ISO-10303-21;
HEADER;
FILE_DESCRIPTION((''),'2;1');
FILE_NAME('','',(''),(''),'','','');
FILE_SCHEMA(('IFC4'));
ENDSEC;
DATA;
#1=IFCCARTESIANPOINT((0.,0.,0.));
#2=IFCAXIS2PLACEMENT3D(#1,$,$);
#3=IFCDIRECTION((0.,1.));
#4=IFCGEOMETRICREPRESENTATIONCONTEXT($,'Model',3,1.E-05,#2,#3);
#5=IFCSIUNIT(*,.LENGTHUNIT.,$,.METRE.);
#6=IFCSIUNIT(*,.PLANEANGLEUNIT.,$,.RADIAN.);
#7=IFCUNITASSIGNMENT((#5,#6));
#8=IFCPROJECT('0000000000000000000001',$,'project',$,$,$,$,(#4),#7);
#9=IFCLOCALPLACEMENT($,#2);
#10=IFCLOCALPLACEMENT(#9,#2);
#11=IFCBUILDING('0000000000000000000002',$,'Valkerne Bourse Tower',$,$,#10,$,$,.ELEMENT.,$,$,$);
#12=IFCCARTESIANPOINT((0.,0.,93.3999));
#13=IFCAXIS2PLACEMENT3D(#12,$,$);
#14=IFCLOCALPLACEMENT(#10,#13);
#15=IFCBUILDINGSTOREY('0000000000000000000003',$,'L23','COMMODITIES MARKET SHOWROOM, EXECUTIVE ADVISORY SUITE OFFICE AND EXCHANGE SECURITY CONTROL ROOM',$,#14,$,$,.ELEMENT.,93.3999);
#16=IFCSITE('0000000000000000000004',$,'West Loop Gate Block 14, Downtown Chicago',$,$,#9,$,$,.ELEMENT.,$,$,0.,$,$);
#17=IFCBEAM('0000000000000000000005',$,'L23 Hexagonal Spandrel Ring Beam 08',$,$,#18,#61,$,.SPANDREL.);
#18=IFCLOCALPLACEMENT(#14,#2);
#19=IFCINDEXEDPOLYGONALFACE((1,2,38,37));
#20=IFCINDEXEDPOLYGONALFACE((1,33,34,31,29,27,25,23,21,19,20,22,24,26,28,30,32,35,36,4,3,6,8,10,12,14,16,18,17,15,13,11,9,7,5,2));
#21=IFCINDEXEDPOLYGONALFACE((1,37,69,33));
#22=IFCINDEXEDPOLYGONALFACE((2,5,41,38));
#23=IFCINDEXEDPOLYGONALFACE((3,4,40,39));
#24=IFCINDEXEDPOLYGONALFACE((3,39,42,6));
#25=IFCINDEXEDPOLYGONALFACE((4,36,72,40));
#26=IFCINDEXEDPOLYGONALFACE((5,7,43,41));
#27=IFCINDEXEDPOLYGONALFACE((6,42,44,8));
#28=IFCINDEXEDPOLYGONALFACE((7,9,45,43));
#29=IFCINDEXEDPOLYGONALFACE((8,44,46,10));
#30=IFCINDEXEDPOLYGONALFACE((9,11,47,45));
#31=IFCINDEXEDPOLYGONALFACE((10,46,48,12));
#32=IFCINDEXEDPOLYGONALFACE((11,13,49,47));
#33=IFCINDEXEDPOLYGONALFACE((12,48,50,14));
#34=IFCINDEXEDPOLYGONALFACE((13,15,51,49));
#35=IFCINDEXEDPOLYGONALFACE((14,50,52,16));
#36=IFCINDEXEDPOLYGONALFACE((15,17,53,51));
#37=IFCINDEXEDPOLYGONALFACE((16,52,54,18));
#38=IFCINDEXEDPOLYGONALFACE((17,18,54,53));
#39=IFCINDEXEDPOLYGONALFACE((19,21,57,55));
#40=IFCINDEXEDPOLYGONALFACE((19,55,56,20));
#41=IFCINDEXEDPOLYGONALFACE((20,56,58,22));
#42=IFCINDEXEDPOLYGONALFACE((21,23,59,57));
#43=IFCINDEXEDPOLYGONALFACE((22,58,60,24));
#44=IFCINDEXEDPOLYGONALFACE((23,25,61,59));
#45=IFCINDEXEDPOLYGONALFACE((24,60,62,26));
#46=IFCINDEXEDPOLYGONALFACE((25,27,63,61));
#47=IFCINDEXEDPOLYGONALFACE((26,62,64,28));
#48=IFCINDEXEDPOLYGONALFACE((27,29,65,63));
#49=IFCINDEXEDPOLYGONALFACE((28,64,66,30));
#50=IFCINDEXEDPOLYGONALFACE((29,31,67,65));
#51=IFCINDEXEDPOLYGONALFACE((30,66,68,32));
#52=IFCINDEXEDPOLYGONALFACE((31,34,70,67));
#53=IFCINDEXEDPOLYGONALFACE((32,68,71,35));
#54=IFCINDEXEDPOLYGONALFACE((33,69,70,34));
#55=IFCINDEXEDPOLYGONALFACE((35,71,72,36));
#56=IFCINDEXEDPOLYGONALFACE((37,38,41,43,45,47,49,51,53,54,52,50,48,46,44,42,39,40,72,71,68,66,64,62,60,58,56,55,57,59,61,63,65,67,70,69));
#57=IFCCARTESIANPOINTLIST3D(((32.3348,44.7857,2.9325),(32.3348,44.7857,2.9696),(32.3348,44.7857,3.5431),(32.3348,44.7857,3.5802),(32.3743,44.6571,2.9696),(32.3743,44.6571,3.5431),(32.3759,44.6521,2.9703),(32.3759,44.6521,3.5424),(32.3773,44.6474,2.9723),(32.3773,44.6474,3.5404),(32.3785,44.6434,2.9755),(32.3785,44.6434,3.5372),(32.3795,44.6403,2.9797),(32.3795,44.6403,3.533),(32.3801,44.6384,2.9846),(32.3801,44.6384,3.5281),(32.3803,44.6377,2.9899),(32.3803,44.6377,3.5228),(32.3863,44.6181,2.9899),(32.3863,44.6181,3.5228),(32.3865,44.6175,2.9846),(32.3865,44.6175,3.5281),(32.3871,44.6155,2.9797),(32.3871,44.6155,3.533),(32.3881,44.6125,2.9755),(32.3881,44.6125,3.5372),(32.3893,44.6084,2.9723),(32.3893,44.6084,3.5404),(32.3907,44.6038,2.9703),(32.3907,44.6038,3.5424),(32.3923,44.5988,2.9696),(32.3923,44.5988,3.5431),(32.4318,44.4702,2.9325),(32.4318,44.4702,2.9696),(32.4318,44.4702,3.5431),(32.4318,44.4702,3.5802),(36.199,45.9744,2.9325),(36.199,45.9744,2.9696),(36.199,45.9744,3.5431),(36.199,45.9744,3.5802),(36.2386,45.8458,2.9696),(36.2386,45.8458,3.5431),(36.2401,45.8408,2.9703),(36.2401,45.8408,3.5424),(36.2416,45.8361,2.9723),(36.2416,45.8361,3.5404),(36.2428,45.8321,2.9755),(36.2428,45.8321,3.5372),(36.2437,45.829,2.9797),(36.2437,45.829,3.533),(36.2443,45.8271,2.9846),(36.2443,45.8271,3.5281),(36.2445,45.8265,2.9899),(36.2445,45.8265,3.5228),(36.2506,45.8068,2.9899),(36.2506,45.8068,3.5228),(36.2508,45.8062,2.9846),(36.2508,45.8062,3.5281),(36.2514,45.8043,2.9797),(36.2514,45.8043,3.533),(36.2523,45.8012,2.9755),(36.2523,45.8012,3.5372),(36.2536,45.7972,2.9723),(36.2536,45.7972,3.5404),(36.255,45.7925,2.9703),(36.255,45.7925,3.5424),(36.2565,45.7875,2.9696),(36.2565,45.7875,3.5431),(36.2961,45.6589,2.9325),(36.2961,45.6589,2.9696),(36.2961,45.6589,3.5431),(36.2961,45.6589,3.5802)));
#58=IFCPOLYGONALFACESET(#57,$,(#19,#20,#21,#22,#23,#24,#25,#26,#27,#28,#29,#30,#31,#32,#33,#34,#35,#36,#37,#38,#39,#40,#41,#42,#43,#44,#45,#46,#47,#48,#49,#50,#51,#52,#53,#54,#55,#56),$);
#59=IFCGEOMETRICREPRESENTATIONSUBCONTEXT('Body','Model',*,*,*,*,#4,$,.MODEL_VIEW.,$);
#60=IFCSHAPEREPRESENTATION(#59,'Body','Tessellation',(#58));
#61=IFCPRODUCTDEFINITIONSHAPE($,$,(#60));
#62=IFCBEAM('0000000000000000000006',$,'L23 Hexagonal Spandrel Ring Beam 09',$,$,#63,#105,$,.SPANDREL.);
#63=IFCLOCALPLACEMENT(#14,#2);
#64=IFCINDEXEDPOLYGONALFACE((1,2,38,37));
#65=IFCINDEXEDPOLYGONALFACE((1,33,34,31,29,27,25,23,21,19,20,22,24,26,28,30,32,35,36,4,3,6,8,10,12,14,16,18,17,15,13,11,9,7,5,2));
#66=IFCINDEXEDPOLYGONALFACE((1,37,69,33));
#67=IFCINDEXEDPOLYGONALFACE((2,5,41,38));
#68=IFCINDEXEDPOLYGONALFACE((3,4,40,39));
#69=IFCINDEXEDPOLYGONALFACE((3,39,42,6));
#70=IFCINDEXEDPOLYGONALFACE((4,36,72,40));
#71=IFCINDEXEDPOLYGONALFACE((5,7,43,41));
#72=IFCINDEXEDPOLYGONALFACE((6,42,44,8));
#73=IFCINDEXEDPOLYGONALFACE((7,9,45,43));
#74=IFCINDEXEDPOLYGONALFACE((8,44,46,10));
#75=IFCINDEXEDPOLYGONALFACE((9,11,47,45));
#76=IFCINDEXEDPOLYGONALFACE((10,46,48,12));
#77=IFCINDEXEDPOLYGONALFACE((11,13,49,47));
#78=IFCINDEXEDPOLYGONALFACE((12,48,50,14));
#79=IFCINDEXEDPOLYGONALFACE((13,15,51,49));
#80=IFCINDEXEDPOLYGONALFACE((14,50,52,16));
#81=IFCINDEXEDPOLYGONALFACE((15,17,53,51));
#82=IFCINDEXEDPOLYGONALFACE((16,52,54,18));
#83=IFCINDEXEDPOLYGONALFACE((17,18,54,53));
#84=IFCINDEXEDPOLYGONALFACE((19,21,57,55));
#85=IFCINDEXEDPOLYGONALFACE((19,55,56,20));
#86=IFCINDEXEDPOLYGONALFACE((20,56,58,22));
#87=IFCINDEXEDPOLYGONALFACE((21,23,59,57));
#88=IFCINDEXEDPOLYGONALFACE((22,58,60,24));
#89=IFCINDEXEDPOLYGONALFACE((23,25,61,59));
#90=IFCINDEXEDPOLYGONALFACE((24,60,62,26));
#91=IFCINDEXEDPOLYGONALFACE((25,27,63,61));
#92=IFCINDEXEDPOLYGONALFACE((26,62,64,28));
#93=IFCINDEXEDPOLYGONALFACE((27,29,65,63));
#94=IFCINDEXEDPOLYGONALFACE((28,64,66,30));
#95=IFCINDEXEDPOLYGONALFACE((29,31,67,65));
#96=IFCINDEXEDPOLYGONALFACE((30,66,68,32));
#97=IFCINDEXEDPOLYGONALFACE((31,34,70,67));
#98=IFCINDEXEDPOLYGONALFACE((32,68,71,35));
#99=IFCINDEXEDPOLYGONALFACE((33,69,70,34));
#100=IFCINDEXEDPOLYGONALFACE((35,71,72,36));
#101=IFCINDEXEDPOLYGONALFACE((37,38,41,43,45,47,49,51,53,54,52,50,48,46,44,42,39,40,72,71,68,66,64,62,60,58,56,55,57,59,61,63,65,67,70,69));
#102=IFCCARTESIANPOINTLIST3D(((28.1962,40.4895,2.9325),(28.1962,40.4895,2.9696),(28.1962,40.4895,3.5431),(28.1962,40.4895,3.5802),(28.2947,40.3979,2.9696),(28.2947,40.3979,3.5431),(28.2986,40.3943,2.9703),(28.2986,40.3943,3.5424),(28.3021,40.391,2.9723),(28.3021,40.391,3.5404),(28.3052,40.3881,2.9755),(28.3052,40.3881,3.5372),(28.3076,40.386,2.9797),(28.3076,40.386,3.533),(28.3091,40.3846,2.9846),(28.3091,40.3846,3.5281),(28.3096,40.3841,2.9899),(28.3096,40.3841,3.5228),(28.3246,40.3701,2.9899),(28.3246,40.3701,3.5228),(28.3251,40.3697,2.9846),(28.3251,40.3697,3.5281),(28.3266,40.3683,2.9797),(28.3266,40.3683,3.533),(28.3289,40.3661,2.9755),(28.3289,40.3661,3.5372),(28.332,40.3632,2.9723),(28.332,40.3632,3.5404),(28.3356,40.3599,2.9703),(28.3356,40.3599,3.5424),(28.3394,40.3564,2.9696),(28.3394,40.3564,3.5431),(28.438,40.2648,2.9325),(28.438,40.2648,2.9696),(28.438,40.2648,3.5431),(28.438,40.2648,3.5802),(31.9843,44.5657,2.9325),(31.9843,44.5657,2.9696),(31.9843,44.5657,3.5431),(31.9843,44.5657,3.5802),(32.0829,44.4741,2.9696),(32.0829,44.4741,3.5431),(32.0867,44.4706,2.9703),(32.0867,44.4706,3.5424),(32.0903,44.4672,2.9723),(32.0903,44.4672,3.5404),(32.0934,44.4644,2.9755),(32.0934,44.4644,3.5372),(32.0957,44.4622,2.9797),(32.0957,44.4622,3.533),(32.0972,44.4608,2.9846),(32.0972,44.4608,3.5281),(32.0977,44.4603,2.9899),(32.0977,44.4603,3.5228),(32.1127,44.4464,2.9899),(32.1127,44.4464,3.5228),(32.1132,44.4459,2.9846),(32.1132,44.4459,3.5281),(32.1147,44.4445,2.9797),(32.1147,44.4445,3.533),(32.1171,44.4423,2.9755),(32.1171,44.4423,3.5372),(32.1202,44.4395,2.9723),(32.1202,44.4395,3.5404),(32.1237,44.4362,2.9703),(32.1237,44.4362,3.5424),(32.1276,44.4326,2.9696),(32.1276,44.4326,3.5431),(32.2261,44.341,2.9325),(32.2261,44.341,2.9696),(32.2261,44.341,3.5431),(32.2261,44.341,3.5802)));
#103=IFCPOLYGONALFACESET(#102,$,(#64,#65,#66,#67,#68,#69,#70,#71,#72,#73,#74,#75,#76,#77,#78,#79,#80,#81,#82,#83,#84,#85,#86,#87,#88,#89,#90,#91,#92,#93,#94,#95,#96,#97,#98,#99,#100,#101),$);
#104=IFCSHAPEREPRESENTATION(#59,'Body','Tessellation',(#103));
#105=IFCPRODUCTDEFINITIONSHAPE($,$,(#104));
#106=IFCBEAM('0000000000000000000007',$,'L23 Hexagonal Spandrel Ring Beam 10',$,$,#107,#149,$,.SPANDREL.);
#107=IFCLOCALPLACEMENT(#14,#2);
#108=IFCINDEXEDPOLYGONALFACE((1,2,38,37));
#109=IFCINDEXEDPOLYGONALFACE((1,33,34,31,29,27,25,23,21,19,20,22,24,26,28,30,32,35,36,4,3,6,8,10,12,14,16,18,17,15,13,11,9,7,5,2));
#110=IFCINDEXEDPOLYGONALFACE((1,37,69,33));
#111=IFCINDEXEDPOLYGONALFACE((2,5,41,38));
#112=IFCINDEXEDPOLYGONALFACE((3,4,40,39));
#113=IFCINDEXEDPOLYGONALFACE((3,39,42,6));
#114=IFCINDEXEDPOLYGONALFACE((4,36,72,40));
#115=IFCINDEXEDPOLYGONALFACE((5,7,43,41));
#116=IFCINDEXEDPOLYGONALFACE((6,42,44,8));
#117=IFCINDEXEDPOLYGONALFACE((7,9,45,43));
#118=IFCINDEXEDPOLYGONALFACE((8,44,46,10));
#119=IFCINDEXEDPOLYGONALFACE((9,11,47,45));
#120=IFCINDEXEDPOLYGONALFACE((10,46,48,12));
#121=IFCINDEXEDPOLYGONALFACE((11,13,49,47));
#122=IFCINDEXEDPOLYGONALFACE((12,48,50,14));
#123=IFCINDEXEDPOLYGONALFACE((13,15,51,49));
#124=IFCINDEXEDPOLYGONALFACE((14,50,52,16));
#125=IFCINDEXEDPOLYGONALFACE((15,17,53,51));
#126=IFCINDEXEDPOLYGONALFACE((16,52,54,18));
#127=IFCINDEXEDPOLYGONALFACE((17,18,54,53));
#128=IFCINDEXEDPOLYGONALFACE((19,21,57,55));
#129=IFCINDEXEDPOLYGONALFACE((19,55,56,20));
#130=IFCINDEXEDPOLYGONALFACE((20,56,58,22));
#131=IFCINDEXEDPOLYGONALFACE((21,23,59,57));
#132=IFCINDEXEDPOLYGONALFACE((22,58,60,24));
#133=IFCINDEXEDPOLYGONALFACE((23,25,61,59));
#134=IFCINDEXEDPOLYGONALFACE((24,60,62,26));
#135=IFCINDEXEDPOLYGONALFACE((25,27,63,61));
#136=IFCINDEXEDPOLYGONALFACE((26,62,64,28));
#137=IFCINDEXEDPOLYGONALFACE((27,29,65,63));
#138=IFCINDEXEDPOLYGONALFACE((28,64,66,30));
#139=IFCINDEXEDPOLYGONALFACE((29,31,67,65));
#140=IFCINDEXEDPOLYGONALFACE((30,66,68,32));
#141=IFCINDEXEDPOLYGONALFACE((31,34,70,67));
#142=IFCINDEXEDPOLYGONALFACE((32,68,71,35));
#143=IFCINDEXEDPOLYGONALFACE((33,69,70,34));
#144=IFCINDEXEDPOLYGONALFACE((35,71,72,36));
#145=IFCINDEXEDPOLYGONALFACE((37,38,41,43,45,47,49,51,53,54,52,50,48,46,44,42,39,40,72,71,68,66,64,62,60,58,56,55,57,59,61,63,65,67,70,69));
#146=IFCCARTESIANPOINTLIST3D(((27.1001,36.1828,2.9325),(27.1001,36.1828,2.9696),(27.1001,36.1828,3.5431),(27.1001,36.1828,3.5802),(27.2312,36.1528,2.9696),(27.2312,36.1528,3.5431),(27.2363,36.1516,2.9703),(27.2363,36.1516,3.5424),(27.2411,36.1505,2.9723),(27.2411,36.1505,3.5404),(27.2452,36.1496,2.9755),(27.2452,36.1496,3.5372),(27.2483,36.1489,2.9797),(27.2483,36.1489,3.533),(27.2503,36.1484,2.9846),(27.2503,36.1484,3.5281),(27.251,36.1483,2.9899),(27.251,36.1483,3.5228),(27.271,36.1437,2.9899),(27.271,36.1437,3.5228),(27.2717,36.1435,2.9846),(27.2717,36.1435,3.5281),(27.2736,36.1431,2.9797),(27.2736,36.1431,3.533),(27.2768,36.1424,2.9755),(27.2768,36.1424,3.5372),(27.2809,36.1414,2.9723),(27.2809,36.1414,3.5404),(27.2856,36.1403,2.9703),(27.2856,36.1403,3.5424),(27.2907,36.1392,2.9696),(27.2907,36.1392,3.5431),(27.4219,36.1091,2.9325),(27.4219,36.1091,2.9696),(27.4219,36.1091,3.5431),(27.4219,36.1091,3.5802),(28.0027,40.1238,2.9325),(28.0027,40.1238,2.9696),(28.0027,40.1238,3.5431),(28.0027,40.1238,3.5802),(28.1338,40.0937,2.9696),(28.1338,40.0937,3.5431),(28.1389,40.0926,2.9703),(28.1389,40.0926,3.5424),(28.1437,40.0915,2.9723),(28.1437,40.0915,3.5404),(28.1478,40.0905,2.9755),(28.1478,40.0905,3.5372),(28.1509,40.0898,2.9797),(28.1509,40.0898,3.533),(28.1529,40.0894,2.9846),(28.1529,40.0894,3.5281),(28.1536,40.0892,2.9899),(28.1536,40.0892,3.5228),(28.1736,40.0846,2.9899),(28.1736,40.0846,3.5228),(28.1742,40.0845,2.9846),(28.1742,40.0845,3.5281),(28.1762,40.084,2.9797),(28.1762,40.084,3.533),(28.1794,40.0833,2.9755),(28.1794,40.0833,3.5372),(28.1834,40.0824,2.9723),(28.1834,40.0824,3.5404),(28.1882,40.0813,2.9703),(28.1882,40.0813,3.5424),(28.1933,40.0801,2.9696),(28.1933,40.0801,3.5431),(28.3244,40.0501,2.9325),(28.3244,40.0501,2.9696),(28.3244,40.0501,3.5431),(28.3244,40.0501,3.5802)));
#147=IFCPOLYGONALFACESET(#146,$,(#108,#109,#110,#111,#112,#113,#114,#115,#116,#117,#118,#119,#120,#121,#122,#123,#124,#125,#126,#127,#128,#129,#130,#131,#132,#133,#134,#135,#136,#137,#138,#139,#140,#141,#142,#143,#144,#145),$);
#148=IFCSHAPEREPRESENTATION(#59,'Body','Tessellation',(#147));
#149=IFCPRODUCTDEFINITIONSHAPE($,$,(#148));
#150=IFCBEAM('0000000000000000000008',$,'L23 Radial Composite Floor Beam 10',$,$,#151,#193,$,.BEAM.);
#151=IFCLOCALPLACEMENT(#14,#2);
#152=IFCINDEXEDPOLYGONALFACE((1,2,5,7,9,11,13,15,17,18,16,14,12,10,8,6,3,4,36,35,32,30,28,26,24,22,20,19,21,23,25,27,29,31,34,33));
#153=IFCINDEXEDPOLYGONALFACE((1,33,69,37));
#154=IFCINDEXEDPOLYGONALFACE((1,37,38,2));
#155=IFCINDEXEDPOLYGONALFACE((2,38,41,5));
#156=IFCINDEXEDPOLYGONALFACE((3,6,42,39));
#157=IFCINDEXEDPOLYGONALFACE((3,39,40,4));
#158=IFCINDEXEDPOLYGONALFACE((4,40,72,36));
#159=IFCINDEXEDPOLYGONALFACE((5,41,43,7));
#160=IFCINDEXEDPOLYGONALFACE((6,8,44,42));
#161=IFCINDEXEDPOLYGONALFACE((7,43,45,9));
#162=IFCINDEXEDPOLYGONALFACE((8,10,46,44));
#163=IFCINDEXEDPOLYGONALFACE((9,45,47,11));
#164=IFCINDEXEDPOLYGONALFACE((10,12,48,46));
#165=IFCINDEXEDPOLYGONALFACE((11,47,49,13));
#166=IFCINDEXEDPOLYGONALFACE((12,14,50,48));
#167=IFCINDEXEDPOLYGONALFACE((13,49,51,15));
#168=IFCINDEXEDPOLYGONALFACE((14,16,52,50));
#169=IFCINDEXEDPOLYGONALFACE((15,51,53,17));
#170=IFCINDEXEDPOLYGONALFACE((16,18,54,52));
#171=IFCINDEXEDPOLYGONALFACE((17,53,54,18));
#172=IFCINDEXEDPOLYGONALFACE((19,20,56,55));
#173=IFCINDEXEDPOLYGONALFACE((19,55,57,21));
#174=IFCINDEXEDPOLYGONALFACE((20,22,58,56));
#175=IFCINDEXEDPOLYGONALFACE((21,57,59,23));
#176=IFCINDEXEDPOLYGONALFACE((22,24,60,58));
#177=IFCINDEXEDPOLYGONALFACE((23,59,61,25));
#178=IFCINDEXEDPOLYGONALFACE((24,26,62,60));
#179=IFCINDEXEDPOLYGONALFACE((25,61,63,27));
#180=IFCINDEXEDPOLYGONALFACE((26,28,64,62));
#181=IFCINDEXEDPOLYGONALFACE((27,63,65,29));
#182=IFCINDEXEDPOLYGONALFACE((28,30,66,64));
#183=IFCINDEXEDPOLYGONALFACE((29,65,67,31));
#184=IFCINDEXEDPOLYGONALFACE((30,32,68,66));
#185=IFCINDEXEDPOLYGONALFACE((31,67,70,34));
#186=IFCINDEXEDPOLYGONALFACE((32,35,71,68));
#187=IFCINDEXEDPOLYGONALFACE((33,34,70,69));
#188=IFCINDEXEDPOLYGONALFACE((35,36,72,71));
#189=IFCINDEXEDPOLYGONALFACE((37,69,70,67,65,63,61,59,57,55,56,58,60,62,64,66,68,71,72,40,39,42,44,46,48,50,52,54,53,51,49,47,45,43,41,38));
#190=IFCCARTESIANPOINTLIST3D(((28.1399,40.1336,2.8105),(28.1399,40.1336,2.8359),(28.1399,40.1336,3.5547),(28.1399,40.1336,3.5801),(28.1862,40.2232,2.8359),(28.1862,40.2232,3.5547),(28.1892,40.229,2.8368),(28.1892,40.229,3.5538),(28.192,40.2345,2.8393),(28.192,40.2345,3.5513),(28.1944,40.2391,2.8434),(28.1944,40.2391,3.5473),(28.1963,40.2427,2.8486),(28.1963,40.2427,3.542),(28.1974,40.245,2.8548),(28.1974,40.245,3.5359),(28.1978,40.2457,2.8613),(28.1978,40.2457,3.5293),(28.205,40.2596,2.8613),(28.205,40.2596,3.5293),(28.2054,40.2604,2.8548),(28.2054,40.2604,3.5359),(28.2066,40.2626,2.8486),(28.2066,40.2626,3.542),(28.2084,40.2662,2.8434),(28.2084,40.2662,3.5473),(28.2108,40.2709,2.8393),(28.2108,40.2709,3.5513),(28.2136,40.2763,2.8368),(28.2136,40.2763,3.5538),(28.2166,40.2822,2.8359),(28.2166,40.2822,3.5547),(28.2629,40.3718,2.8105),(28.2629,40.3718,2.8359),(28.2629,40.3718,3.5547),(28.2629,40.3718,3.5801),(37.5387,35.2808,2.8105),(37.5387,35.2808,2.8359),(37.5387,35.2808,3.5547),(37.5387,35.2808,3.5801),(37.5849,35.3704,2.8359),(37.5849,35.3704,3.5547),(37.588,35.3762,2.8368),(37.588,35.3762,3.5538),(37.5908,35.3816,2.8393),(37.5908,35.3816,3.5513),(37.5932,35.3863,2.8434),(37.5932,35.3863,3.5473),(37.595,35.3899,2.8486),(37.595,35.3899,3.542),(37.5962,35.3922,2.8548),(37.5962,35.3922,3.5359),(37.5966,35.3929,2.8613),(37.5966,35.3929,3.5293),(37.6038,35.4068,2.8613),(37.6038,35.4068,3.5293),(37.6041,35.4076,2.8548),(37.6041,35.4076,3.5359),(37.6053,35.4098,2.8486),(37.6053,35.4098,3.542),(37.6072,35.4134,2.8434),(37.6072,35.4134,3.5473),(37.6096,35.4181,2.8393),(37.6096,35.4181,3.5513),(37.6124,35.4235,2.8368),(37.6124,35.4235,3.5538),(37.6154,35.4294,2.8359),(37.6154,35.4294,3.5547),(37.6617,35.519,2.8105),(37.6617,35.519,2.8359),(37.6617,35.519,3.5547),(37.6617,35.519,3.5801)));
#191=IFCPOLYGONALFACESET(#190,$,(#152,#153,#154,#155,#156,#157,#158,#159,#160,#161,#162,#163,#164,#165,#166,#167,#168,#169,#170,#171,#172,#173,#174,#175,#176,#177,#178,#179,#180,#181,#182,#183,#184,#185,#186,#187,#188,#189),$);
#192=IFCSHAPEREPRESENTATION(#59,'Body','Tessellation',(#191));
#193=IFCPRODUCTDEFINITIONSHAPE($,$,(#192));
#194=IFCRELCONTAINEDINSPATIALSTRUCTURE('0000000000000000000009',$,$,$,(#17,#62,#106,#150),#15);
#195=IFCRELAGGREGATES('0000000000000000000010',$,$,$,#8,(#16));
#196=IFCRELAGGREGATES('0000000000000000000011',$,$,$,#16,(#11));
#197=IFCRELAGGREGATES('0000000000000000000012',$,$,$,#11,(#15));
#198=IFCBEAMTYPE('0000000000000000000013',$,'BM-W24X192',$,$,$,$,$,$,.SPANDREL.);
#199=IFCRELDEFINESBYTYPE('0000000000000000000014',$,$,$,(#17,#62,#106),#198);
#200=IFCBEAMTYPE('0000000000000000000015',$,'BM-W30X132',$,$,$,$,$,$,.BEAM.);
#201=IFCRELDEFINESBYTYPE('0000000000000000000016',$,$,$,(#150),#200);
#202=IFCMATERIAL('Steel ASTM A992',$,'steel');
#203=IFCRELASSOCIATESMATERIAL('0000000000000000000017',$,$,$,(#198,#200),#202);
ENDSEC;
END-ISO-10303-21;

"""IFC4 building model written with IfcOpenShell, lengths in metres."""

from ifc_helpers import new_model, si_unit, direction, frame, origin, origin_2d, place, context, subcontext, project, spatial, i_section, extrude, material, material_profile, profile_set, type_object, element, save


model = new_model("IFC4")

# Units and contexts
model_context = context("Model", 3, precision=1e-05, world=origin(), true_north=direction((0.0, 1.0)))
body_context = subcontext(model_context, "Body", "Model", "MODEL_VIEW")
ifc_project = project(units=[si_unit("LENGTHUNIT", "METRE"), si_unit("PLANEANGLEUNIT", "RADIAN")], contexts=[model_context])

# Site, building, storey
site_placement = place(None, origin())
site = spatial("IfcSite", under=ifc_project, at=site_placement, Name="West Loop Gate Block 14, Downtown Chicago", CompositionType="ELEMENT", RefElevation=0.0)
building_placement = place(site_placement, origin())
building = spatial("IfcBuilding", under=site, at=building_placement, Name="Valkerne Bourse Tower", CompositionType="ELEMENT")
storey_placement = place(building_placement, frame((0.0, 0.0, 93.3999)))
storey = spatial("IfcBuildingStorey", under=building, at=storey_placement, Name="L23", Description="COMMODITIES MARKET SHOWROOM, EXECUTIVE ADVISORY SUITE OFFICE AND EXCHANGE SECURITY CONTROL ROOM", CompositionType="ELEMENT", Elevation=93.3999)

# Beams
ifc_material_1 = material(Name="Steel ASTM A992", Category="steel")
ifc_material_profile_1 = material_profile(ifc_material_1, i_section(OverallWidth=0.3301, OverallDepth=0.6477, WebThickness=0.0205, FlangeThickness=0.0371, FilletRadius=0.0203, at=origin_2d()), Name="W24X192")
ifc_profile_set_1 = profile_set([ifc_material_profile_1], Name="Steel ASTM A992")
beam_type_1 = type_object("IfcBeamType", Name="BM-W24X192", PredefinedType="SPANDREL", material=ifc_profile_set_1)
beam_1_placement = place(storey_placement, frame((36.2476, 45.8167, 3.2563), z_axis=(-0.955799, -0.294022, 0.0), x_axis=(0.294022, -0.955799, 0.0)))
element("IfcBeam", 1, at=beam_1_placement, inside=storey, type_object=beam_type_1, Name="L23 Hexagonal Spandrel Ring Beam 08", PredefinedType="SPANDREL", context=body_context, shape_type="SweptSolid", body=[
    extrude(i_section(OverallWidth=0.3301, OverallDepth=0.6477, WebThickness=0.0205, FlangeThickness=0.0371, FilletRadius=0.0203, at=origin_2d()), origin(), (0.0, 0.0, 1.0), 4.043),
])
beam_2_placement = place(storey_placement, frame((32.1052, 44.4534, 3.2563), z_axis=(-0.680747, -0.732518, 0.0), x_axis=(0.732518, -0.680747, 0.0)))
element("IfcBeam", 2, at=beam_2_placement, inside=storey, type_object=beam_type_1, Name="L23 Hexagonal Spandrel Ring Beam 09", PredefinedType="SPANDREL", context=body_context, shape_type="SweptSolid", body=[
    extrude(i_section(OverallWidth=0.3301, OverallDepth=0.6477, WebThickness=0.0205, FlangeThickness=0.0371, FilletRadius=0.0203, at=origin_2d()), origin(), (0.0, 0.0, 1.0), 5.5647),
])
beam_3_placement = place(storey_placement, frame((28.1636, 40.0869, 3.2563), z_axis=(-0.223249, -0.974761, 0.0), x_axis=(0.974761, -0.223249, 0.0)))
element("IfcBeam", 3, at=beam_3_placement, inside=storey, type_object=beam_type_1, Name="L23 Hexagonal Spandrel Ring Beam 10", PredefinedType="SPANDREL", context=body_context, shape_type="SweptSolid", body=[
    extrude(i_section(OverallWidth=0.3301, OverallDepth=0.6477, WebThickness=0.0205, FlangeThickness=0.0371, FilletRadius=0.0203, at=origin_2d()), origin(), (0.0, 0.0, 1.0), 4.043),
])
ifc_material_profile_2 = material_profile(ifc_material_1, i_section(OverallWidth=0.2681, OverallDepth=0.7695, WebThickness=0.0156, FlangeThickness=0.0254, FilletRadius=0.0254, at=origin_2d()), Name="W30X132")
ifc_profile_set_2 = profile_set([ifc_material_profile_2], Name="Steel ASTM A992")
beam_type_2 = type_object("IfcBeamType", Name="BM-W30X132", PredefinedType="BEAM", material=ifc_profile_set_2)
beam_4_placement = place(storey_placement, frame((28.2014, 40.2527, 3.1953), z_axis=(0.888549, -0.458781, 0.0), x_axis=(0.458781, 0.888549, 0.0)))
element("IfcBeam", 4, at=beam_4_placement, inside=storey, type_object=beam_type_2, Name="L23 Radial Composite Floor Beam 10", PredefinedType="BEAM", context=body_context, shape_type="SweptSolid", body=[
    extrude(i_section(OverallWidth=0.2681, OverallDepth=0.7695, WebThickness=0.0156, FlangeThickness=0.0254, FilletRadius=0.0254, at=origin_2d()), origin(), (0.0, 0.0, 1.0), 10.5776),
])

save(model, "model.ifc")
